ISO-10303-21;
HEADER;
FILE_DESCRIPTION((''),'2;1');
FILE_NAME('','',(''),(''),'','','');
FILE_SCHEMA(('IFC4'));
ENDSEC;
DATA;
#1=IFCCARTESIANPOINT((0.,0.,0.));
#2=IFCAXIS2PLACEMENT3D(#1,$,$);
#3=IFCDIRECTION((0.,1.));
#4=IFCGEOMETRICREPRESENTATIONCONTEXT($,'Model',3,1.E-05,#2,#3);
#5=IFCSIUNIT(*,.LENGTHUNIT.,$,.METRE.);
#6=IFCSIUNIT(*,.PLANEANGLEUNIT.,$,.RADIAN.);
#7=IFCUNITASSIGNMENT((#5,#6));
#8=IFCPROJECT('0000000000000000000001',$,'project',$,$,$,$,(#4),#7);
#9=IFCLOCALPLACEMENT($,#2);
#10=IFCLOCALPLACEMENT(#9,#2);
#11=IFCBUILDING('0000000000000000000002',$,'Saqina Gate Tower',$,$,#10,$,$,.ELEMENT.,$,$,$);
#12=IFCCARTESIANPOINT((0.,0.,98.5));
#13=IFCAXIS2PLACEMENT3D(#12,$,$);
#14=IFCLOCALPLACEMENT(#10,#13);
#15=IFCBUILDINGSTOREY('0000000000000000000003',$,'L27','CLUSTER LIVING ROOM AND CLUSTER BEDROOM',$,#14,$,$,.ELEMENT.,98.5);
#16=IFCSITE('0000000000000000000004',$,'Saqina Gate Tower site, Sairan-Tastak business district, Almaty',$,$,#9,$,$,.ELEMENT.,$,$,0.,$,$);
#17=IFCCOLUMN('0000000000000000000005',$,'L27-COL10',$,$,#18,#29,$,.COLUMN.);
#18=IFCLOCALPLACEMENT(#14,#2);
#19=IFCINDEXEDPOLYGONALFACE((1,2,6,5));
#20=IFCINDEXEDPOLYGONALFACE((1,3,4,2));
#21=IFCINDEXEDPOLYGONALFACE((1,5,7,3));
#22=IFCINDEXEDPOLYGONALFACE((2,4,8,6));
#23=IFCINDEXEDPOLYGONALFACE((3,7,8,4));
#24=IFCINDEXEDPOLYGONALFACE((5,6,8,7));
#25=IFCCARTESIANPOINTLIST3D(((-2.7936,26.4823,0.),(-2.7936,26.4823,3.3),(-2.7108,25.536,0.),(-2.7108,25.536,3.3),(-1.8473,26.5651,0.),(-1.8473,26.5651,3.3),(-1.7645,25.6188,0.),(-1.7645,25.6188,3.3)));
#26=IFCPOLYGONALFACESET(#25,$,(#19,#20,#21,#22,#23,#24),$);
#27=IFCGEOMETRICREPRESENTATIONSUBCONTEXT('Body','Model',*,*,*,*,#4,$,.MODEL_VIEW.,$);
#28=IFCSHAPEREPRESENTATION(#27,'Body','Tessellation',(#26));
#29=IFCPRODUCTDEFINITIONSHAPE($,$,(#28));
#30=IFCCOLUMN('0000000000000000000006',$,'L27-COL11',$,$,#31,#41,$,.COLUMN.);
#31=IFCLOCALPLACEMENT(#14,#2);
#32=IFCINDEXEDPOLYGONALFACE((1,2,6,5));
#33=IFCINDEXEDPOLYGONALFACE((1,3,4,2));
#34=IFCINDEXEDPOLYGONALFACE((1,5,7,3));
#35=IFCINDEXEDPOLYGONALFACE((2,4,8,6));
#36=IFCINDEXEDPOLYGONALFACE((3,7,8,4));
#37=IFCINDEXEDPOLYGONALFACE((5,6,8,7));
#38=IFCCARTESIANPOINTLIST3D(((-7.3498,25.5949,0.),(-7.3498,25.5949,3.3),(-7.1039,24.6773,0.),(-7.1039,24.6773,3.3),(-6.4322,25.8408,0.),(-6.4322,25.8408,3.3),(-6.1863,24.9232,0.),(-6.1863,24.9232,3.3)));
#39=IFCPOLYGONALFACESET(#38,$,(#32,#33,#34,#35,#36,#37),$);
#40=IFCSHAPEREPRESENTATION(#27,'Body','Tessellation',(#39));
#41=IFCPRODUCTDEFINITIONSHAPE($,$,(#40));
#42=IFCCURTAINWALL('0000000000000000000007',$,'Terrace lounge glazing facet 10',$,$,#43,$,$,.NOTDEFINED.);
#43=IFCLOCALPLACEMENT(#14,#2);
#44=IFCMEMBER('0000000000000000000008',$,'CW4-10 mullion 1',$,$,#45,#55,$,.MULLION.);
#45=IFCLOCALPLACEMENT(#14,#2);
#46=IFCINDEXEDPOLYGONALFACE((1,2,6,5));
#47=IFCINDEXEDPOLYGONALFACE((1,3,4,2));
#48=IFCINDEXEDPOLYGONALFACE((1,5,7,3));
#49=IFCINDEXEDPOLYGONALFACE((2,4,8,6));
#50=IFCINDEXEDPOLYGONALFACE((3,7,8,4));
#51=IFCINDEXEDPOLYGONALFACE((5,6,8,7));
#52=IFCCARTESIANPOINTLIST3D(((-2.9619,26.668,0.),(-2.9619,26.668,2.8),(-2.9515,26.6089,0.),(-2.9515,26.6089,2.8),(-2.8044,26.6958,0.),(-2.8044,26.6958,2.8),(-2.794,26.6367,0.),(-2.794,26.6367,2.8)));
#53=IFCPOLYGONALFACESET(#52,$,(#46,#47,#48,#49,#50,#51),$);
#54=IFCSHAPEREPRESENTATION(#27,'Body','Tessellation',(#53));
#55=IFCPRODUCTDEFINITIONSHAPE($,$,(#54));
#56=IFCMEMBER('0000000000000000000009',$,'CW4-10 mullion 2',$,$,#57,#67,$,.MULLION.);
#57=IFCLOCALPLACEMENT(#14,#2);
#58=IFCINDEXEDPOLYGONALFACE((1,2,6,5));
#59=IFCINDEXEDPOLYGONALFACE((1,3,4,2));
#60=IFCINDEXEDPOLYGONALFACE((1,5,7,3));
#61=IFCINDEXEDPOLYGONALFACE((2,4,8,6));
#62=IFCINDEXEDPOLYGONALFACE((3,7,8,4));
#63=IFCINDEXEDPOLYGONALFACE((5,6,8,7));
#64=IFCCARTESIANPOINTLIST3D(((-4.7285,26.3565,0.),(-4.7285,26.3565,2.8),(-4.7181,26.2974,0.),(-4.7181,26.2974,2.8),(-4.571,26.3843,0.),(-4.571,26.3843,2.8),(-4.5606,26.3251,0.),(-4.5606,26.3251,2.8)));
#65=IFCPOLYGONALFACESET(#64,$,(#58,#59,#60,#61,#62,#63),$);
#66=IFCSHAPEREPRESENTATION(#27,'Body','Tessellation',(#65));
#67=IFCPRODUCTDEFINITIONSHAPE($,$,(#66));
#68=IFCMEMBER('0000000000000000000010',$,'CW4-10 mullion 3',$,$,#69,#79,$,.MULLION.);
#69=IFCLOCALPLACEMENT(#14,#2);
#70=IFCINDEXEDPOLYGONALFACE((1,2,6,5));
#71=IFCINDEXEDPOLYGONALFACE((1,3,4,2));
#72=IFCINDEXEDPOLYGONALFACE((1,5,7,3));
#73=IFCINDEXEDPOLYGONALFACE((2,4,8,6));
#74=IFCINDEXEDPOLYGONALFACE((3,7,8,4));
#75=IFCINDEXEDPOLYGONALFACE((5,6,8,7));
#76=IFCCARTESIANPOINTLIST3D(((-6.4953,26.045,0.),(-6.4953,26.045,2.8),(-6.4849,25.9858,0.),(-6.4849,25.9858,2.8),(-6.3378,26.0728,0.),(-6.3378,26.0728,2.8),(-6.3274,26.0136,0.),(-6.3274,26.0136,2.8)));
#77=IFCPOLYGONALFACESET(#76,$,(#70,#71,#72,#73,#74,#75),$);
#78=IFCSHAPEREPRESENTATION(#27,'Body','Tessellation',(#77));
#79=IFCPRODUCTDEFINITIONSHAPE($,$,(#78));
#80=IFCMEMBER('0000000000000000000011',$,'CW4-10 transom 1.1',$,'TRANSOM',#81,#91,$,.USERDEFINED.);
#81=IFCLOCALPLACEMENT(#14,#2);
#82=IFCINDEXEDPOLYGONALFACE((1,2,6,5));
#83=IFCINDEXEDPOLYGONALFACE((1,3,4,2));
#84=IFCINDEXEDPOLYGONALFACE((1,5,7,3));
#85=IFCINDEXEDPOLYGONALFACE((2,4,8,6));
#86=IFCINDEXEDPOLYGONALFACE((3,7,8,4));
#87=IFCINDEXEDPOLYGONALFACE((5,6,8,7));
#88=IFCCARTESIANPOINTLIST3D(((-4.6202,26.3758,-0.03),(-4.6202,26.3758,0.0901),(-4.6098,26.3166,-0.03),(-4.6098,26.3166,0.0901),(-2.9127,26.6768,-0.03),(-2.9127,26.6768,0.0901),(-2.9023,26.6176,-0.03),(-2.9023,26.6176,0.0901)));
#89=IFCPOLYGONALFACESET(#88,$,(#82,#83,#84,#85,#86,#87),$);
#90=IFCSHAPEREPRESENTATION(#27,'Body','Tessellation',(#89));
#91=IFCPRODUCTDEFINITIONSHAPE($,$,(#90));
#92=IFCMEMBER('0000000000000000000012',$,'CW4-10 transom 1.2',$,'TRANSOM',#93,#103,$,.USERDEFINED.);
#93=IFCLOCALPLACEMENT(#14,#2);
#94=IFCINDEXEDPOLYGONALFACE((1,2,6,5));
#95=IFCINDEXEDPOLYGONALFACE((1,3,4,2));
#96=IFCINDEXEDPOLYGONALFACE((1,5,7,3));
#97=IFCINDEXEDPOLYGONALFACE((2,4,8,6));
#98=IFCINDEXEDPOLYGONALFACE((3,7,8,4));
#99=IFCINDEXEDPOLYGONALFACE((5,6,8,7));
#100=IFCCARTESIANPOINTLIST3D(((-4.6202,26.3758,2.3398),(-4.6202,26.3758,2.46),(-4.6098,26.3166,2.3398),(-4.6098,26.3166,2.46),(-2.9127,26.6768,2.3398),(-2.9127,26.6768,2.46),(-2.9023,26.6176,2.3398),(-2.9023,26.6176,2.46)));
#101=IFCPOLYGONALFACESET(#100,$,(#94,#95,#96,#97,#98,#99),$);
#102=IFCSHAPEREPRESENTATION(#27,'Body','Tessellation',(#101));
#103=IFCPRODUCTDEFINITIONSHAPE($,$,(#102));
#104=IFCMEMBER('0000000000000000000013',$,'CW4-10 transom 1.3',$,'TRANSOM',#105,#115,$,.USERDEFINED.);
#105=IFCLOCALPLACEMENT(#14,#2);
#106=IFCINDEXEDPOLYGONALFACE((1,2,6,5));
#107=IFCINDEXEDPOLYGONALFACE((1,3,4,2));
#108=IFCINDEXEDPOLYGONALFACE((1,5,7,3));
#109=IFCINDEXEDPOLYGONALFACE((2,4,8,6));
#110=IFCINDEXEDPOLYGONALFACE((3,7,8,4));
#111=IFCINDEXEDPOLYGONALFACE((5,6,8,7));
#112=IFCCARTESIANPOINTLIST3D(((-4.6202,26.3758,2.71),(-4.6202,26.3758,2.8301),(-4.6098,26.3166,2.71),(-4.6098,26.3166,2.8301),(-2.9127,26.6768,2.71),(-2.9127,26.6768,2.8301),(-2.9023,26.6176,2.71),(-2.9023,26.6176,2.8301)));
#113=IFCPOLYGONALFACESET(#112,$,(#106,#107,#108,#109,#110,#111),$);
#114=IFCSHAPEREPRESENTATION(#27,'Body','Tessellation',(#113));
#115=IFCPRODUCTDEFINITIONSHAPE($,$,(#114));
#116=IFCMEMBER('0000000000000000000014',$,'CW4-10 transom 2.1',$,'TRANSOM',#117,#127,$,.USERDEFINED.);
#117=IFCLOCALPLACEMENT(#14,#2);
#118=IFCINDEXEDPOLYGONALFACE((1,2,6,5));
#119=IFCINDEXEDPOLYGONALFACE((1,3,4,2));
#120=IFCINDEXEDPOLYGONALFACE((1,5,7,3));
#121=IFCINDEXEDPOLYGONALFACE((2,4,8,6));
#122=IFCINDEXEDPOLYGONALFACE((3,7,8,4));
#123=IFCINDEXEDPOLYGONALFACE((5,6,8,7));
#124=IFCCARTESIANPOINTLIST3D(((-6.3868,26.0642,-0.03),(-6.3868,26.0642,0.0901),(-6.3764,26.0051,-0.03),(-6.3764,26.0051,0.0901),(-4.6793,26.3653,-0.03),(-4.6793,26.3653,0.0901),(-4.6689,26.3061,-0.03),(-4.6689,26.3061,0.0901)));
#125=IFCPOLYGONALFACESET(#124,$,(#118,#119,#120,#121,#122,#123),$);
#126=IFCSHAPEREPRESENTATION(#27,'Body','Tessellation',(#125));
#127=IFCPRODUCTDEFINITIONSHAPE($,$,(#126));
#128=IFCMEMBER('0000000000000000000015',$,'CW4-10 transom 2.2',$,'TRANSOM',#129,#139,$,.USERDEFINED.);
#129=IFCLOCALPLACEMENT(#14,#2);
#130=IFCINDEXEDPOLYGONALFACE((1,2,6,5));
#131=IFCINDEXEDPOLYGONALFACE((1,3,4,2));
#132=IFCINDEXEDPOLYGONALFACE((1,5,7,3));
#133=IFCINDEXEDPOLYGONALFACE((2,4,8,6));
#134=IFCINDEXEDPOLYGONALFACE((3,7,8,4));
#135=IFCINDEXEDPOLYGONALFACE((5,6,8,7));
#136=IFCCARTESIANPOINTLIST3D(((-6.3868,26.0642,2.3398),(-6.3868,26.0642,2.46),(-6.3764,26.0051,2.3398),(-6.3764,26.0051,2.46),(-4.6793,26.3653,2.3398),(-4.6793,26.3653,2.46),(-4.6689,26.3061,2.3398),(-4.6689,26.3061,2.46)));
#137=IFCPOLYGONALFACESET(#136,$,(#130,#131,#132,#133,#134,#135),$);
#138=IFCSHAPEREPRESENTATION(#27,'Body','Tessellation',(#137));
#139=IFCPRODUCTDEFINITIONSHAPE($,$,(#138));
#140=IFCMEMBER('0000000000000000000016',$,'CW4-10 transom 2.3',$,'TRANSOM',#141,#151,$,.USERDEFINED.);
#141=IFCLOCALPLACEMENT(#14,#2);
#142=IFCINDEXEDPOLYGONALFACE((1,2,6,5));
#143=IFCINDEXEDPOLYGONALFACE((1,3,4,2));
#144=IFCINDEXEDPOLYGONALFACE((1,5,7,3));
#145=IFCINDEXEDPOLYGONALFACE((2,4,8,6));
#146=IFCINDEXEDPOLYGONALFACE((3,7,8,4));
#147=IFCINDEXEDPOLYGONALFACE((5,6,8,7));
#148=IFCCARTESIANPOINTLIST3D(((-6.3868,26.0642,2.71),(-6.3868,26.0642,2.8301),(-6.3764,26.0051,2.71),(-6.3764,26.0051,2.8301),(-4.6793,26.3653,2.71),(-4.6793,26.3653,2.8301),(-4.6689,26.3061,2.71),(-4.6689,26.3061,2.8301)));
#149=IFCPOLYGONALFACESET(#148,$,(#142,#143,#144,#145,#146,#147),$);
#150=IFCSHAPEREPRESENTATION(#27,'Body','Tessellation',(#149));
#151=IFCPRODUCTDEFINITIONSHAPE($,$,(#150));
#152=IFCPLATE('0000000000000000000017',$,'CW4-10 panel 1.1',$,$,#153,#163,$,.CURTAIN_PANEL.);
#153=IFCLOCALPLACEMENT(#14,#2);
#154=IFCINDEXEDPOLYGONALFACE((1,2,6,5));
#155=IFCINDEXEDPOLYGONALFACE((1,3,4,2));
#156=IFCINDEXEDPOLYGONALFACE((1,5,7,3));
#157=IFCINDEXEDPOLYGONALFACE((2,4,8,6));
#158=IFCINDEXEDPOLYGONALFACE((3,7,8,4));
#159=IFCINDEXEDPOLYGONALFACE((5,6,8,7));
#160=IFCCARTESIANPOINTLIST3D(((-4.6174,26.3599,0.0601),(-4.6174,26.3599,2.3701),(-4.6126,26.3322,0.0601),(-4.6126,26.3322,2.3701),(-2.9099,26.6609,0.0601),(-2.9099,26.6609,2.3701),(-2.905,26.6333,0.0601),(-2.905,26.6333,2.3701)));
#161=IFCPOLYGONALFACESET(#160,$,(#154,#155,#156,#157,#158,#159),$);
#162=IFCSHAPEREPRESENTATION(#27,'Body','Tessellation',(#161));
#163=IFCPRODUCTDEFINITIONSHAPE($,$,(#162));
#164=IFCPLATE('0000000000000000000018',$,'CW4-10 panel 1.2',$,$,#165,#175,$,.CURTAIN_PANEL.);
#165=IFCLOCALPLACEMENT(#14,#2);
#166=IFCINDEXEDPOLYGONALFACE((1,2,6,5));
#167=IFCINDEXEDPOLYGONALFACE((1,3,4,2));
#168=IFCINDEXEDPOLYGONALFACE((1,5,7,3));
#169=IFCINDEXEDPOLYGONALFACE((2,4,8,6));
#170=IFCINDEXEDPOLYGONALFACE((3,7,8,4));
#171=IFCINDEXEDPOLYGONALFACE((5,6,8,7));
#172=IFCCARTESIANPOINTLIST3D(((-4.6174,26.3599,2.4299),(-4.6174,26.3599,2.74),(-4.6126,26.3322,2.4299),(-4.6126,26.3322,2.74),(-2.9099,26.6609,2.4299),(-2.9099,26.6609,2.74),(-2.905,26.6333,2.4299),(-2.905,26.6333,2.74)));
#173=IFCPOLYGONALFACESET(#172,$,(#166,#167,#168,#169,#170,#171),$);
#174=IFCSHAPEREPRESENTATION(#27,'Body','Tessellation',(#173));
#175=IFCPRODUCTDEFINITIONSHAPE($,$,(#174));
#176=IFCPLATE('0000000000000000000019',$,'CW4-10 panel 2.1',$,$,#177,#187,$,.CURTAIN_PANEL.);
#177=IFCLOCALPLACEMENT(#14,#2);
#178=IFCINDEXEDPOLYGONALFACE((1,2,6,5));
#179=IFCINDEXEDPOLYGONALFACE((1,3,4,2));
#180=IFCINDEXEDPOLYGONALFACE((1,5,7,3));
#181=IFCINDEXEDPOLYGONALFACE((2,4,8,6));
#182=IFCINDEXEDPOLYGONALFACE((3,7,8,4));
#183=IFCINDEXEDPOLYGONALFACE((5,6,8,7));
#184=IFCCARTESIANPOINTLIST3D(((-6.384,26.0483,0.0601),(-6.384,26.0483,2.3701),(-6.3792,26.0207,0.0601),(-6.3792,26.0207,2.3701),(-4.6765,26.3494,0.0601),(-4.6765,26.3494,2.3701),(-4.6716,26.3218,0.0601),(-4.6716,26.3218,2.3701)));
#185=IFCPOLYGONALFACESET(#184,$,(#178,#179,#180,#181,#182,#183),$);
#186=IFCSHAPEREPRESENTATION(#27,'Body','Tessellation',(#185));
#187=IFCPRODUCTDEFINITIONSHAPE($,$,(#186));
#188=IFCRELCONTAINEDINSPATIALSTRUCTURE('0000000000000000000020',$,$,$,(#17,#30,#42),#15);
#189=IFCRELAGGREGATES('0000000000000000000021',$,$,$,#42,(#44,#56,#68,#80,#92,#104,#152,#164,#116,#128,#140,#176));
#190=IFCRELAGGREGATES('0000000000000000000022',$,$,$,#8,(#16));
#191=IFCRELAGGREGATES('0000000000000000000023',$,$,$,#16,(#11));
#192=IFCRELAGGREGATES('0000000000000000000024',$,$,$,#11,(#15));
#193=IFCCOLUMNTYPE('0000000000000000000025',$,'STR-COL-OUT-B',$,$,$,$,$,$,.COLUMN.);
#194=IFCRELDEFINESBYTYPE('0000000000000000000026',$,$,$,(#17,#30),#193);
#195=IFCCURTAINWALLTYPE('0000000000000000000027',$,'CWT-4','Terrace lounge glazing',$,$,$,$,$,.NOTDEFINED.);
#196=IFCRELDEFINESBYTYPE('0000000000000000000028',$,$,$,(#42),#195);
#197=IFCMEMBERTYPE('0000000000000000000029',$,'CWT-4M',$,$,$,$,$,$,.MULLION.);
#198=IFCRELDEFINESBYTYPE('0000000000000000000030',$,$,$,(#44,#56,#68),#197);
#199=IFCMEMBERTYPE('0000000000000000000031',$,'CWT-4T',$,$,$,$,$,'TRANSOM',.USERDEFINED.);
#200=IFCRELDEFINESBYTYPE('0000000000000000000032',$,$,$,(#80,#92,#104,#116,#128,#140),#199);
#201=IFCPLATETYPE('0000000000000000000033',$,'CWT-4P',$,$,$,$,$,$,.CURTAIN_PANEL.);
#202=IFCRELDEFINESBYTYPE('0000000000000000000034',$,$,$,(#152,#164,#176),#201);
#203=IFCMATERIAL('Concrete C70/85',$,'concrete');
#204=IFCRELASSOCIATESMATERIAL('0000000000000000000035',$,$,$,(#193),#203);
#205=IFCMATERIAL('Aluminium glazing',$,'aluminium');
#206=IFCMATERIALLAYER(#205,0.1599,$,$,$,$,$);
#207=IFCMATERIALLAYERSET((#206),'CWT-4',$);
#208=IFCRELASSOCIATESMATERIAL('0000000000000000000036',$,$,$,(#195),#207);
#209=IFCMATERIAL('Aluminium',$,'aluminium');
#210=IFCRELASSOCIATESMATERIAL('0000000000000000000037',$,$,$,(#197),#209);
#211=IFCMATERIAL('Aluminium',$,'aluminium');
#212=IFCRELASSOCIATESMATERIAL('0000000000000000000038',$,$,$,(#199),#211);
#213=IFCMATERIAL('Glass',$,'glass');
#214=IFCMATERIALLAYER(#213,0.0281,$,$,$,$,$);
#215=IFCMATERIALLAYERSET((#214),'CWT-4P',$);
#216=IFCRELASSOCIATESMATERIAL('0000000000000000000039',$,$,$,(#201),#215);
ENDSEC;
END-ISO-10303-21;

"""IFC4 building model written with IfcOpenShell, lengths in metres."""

from ifc_helpers import new_model, si_unit, direction, frame, origin, origin_2d, place, context, subcontext, project, spatial, rectangle, extrude, material, layer, layer_set, material_profile, profile_set, type_object, element, aggregate, save


model = new_model("IFC4")

# Units and contexts
model_context = context("Model", 3, precision=1e-05, world=origin(), true_north=direction((0.0, 1.0)))
body_context = subcontext(model_context, "Body", "Model", "MODEL_VIEW")
ifc_project = project(units=[si_unit("LENGTHUNIT", "METRE"), si_unit("PLANEANGLEUNIT", "RADIAN")], contexts=[model_context])

# Site, building, storey
site_placement = place(None, origin())
site = spatial("IfcSite", under=ifc_project, at=site_placement, Name="Saqina Gate Tower site, Sairan-Tastak business district, Almaty", CompositionType="ELEMENT", RefElevation=0.0)
building_placement = place(site_placement, origin())
building = spatial("IfcBuilding", under=site, at=building_placement, Name="Saqina Gate Tower", CompositionType="ELEMENT")
storey_placement = place(building_placement, frame((0.0, 0.0, 98.5)))
storey = spatial("IfcBuildingStorey", under=building, at=storey_placement, Name="L27", Description="CLUSTER LIVING ROOM AND CLUSTER BEDROOM", CompositionType="ELEMENT", Elevation=98.5)

# Columns
ifc_material_1 = material(Name="Concrete C70/85", Category="concrete")
ifc_material_profile_1 = material_profile(ifc_material_1, rectangle(XDim=0.95, YDim=0.95, at=origin_2d()), Name="RC 950x950")
ifc_profile_set_1 = profile_set([ifc_material_profile_1], Name="Concrete C70/85")
column_type = type_object("IfcColumnType", Name="STR-COL-OUT-B", PredefinedType="COLUMN", material=ifc_profile_set_1)
for number, where, z_axis, x_axis, name in (
    (1, (-2.2791, 26.0505, 0.0), (0.0, 0.0, 1.0), (-0.087156, 0.996195, 0.0), "L27-COL10"),
    (2, (-6.7681, 25.259, 0.0), (0.0, 0.0, 1.0), (-0.258819, 0.965926, 0.0), "L27-COL11"),
):
    element("IfcColumn", number, at=place(storey_placement, frame(where, z_axis=z_axis, x_axis=x_axis)), inside=storey, type_object=column_type, Name=name, PredefinedType="COLUMN", context=body_context, shape_type="SweptSolid", body=[
        extrude(rectangle(XDim=0.95, YDim=0.95, at=origin_2d()), origin(), (0.0, 0.0, 1.0), 3.3),
    ])

# Curtain wall, members, plates
ifc_material_2 = material(Name="Aluminium glazing", Category="aluminium")
ifc_layer_1 = layer(ifc_material_2, 0.1599)
ifc_layer_set_1 = layer_set([ifc_layer_1], Name="CWT-4")
curtain_wall_type = type_object("IfcCurtainWallType", Name="CWT-4", Description="Terrace lounge glazing", PredefinedType="NOTDEFINED", material=ifc_layer_set_1)
curtain_wall_placement = place(storey_placement, origin())
curtain_wall = element("IfcCurtainWall", 3, at=curtain_wall_placement, inside=storey, type_object=curtain_wall_type, Name="Terrace lounge glazing facet 10", PredefinedType="NOTDEFINED")
ifc_material_3 = material(Name="Aluminium", Category="aluminium")
ifc_material_profile_2 = material_profile(ifc_material_3, rectangle(XDim=0.0601, YDim=0.1599, at=origin_2d()), Name="Aluminium 60x160")
ifc_profile_set_2 = profile_set([ifc_material_profile_2], Name="Aluminium")
member_type_1 = type_object("IfcMemberType", Name="CWT-4M", PredefinedType="MULLION", material=ifc_profile_set_2)
member_1_placement = place(storey_placement, frame((-2.8779, 26.6523, 0.0), z_axis=(0.0, 0.0, 1.0), x_axis=(0.173638, -0.984809, 0.0)))
member_1 = element("IfcMember", 4, at=member_1_placement, type_object=member_type_1, Name="CW4-10 mullion 1", PredefinedType="MULLION", context=body_context, shape_type="SweptSolid", body=[
    extrude(rectangle(XDim=0.0601, YDim=0.1599, at=origin_2d()), origin(), (0.0, 0.0, 1.0), 2.8),
])
member_2_placement = place(storey_placement, frame((-4.6445, 26.3408, 0.0), z_axis=(0.0, 0.0, 1.0), x_axis=(0.173638, -0.984809, 0.0)))
member_2 = element("IfcMember", 5, at=member_2_placement, type_object=member_type_1, Name="CW4-10 mullion 2", PredefinedType="MULLION", context=body_context, shape_type="SweptSolid", body=[
    extrude(rectangle(XDim=0.0601, YDim=0.1599, at=origin_2d()), origin(), (0.0, 0.0, 1.0), 2.8),
])
member_3_placement = place(storey_placement, frame((-6.4114, 26.0293, 0.0), z_axis=(0.0, 0.0, 1.0), x_axis=(0.173638, -0.984809, 0.0)))
member_3 = element("IfcMember", 6, at=member_3_placement, type_object=member_type_1, Name="CW4-10 mullion 3", PredefinedType="MULLION", context=body_context, shape_type="SweptSolid", body=[
    extrude(rectangle(XDim=0.0601, YDim=0.1599, at=origin_2d()), origin(), (0.0, 0.0, 1.0), 2.8),
])
ifc_material_4 = material(Name="Aluminium", Category="aluminium")
ifc_material_profile_3 = material_profile(ifc_material_4, rectangle(XDim=0.0601, YDim=0.1201, at=origin_2d()), Name="Aluminium 60x120")
ifc_profile_set_3 = profile_set([ifc_material_profile_3], Name="Aluminium")
member_type_2 = type_object("IfcMemberType", Name="CWT-4T", ElementType="TRANSOM", PredefinedType="USERDEFINED", material=ifc_profile_set_3)
member_4_placement = place(storey_placement, frame((-2.9075, 26.6472, 0.03), z_axis=(-0.984813, -0.173617, 0.0), x_axis=(0.173617, -0.984813, 0.0)))
member_4 = element("IfcMember", 7, at=member_4_placement, type_object=member_type_2, Name="CW4-10 transom 1.1", ObjectType="TRANSOM", PredefinedType="USERDEFINED", context=body_context, shape_type="SweptSolid", body=[
    extrude(rectangle(XDim=0.0601, YDim=0.1201, at=origin_2d()), origin(), (0.0, 0.0, 1.0), 1.7339),
])
member_5_placement = place(storey_placement, frame((-2.9075, 26.6472, 2.3999), z_axis=(-0.984813, -0.173617, 0.0), x_axis=(0.173617, -0.984813, 0.0)))
member_5 = element("IfcMember", 8, at=member_5_placement, type_object=member_type_2, Name="CW4-10 transom 1.2", ObjectType="TRANSOM", PredefinedType="USERDEFINED", context=body_context, shape_type="SweptSolid", body=[
    extrude(rectangle(XDim=0.0601, YDim=0.1201, at=origin_2d()), origin(), (0.0, 0.0, 1.0), 1.7339),
])
member_6_placement = place(storey_placement, frame((-2.9075, 26.6472, 2.77), z_axis=(-0.984813, -0.173617, 0.0), x_axis=(0.173617, -0.984813, 0.0)))
member_6 = element("IfcMember", 9, at=member_6_placement, type_object=member_type_2, Name="CW4-10 transom 1.3", ObjectType="TRANSOM", PredefinedType="USERDEFINED", context=body_context, shape_type="SweptSolid", body=[
    extrude(rectangle(XDim=0.0601, YDim=0.1201, at=origin_2d()), origin(), (0.0, 0.0, 1.0), 1.7339),
])
member_7_placement = place(storey_placement, frame((-4.6741, 26.3357, 0.03), z_axis=(-0.984813, -0.173617, 0.0), x_axis=(0.173617, -0.984813, 0.0)))
member_7 = element("IfcMember", 10, at=member_7_placement, type_object=member_type_2, Name="CW4-10 transom 2.1", ObjectType="TRANSOM", PredefinedType="USERDEFINED", context=body_context, shape_type="SweptSolid", body=[
    extrude(rectangle(XDim=0.0601, YDim=0.1201, at=origin_2d()), origin(), (0.0, 0.0, 1.0), 1.7339),
])
member_8_placement = place(storey_placement, frame((-4.6741, 26.3357, 2.3999), z_axis=(-0.984813, -0.173617, 0.0), x_axis=(0.173617, -0.984813, 0.0)))
member_8 = element("IfcMember", 11, at=member_8_placement, type_object=member_type_2, Name="CW4-10 transom 2.2", ObjectType="TRANSOM", PredefinedType="USERDEFINED", context=body_context, shape_type="SweptSolid", body=[
    extrude(rectangle(XDim=0.0601, YDim=0.1201, at=origin_2d()), origin(), (0.0, 0.0, 1.0), 1.7339),
])
member_9_placement = place(storey_placement, frame((-4.6741, 26.3357, 2.77), z_axis=(-0.984813, -0.173617, 0.0), x_axis=(0.173617, -0.984813, 0.0)))
member_9 = element("IfcMember", 12, at=member_9_placement, type_object=member_type_2, Name="CW4-10 transom 2.3", ObjectType="TRANSOM", PredefinedType="USERDEFINED", context=body_context, shape_type="SweptSolid", body=[
    extrude(rectangle(XDim=0.0601, YDim=0.1201, at=origin_2d()), origin(), (0.0, 0.0, 1.0), 1.7339),
])
ifc_material_5 = material(Name="Glass", Category="glass")
ifc_layer_2 = layer(ifc_material_5, 0.0281)
ifc_layer_set_2 = layer_set([ifc_layer_2], Name="CWT-4P")
plate_type = type_object("IfcPlateType", Name="CWT-4P", PredefinedType="CURTAIN_PANEL", material=ifc_layer_set_2)
plate_1_placement = place(storey_placement, frame((-3.7612, 26.4966, 0.0601), z_axis=(0.0, 0.0, 1.0), x_axis=(-0.984809, -0.173638, 0.0)))
plate_1 = element("IfcPlate", 13, at=plate_1_placement, type_object=plate_type, Name="CW4-10 panel 1.1", PredefinedType="CURTAIN_PANEL", context=body_context, shape_type="SweptSolid", body=[
    extrude(rectangle(XDim=1.7339, YDim=0.0281, at=origin_2d()), origin(), (0.0, 0.0, 1.0), 2.3101),
])
plate_2_placement = place(storey_placement, frame((-3.7612, 26.4966, 2.4299), z_axis=(0.0, 0.0, 1.0), x_axis=(-0.984809, -0.173638, 0.0)))
plate_2 = element("IfcPlate", 14, at=plate_2_placement, type_object=plate_type, Name="CW4-10 panel 1.2", PredefinedType="CURTAIN_PANEL", context=body_context, shape_type="SweptSolid", body=[
    extrude(rectangle(XDim=1.7339, YDim=0.0281, at=origin_2d()), origin(), (0.0, 0.0, 1.0), 0.3101),
])
plate_3_placement = place(storey_placement, frame((-5.5278, 26.1851, 0.0601), z_axis=(0.0, 0.0, 1.0), x_axis=(-0.984809, -0.173638, 0.0)))
plate_3 = element("IfcPlate", 15, at=plate_3_placement, type_object=plate_type, Name="CW4-10 panel 2.1", PredefinedType="CURTAIN_PANEL", context=body_context, shape_type="SweptSolid", body=[
    extrude(rectangle(XDim=1.7339, YDim=0.0281, at=origin_2d()), origin(), (0.0, 0.0, 1.0), 2.3101),
])
aggregate(curtain_wall, [member_1, member_2, member_3, member_4, member_5, member_6, plate_1, plate_2, member_7, member_8, member_9, plate_3])

save(model, "model.ifc")
